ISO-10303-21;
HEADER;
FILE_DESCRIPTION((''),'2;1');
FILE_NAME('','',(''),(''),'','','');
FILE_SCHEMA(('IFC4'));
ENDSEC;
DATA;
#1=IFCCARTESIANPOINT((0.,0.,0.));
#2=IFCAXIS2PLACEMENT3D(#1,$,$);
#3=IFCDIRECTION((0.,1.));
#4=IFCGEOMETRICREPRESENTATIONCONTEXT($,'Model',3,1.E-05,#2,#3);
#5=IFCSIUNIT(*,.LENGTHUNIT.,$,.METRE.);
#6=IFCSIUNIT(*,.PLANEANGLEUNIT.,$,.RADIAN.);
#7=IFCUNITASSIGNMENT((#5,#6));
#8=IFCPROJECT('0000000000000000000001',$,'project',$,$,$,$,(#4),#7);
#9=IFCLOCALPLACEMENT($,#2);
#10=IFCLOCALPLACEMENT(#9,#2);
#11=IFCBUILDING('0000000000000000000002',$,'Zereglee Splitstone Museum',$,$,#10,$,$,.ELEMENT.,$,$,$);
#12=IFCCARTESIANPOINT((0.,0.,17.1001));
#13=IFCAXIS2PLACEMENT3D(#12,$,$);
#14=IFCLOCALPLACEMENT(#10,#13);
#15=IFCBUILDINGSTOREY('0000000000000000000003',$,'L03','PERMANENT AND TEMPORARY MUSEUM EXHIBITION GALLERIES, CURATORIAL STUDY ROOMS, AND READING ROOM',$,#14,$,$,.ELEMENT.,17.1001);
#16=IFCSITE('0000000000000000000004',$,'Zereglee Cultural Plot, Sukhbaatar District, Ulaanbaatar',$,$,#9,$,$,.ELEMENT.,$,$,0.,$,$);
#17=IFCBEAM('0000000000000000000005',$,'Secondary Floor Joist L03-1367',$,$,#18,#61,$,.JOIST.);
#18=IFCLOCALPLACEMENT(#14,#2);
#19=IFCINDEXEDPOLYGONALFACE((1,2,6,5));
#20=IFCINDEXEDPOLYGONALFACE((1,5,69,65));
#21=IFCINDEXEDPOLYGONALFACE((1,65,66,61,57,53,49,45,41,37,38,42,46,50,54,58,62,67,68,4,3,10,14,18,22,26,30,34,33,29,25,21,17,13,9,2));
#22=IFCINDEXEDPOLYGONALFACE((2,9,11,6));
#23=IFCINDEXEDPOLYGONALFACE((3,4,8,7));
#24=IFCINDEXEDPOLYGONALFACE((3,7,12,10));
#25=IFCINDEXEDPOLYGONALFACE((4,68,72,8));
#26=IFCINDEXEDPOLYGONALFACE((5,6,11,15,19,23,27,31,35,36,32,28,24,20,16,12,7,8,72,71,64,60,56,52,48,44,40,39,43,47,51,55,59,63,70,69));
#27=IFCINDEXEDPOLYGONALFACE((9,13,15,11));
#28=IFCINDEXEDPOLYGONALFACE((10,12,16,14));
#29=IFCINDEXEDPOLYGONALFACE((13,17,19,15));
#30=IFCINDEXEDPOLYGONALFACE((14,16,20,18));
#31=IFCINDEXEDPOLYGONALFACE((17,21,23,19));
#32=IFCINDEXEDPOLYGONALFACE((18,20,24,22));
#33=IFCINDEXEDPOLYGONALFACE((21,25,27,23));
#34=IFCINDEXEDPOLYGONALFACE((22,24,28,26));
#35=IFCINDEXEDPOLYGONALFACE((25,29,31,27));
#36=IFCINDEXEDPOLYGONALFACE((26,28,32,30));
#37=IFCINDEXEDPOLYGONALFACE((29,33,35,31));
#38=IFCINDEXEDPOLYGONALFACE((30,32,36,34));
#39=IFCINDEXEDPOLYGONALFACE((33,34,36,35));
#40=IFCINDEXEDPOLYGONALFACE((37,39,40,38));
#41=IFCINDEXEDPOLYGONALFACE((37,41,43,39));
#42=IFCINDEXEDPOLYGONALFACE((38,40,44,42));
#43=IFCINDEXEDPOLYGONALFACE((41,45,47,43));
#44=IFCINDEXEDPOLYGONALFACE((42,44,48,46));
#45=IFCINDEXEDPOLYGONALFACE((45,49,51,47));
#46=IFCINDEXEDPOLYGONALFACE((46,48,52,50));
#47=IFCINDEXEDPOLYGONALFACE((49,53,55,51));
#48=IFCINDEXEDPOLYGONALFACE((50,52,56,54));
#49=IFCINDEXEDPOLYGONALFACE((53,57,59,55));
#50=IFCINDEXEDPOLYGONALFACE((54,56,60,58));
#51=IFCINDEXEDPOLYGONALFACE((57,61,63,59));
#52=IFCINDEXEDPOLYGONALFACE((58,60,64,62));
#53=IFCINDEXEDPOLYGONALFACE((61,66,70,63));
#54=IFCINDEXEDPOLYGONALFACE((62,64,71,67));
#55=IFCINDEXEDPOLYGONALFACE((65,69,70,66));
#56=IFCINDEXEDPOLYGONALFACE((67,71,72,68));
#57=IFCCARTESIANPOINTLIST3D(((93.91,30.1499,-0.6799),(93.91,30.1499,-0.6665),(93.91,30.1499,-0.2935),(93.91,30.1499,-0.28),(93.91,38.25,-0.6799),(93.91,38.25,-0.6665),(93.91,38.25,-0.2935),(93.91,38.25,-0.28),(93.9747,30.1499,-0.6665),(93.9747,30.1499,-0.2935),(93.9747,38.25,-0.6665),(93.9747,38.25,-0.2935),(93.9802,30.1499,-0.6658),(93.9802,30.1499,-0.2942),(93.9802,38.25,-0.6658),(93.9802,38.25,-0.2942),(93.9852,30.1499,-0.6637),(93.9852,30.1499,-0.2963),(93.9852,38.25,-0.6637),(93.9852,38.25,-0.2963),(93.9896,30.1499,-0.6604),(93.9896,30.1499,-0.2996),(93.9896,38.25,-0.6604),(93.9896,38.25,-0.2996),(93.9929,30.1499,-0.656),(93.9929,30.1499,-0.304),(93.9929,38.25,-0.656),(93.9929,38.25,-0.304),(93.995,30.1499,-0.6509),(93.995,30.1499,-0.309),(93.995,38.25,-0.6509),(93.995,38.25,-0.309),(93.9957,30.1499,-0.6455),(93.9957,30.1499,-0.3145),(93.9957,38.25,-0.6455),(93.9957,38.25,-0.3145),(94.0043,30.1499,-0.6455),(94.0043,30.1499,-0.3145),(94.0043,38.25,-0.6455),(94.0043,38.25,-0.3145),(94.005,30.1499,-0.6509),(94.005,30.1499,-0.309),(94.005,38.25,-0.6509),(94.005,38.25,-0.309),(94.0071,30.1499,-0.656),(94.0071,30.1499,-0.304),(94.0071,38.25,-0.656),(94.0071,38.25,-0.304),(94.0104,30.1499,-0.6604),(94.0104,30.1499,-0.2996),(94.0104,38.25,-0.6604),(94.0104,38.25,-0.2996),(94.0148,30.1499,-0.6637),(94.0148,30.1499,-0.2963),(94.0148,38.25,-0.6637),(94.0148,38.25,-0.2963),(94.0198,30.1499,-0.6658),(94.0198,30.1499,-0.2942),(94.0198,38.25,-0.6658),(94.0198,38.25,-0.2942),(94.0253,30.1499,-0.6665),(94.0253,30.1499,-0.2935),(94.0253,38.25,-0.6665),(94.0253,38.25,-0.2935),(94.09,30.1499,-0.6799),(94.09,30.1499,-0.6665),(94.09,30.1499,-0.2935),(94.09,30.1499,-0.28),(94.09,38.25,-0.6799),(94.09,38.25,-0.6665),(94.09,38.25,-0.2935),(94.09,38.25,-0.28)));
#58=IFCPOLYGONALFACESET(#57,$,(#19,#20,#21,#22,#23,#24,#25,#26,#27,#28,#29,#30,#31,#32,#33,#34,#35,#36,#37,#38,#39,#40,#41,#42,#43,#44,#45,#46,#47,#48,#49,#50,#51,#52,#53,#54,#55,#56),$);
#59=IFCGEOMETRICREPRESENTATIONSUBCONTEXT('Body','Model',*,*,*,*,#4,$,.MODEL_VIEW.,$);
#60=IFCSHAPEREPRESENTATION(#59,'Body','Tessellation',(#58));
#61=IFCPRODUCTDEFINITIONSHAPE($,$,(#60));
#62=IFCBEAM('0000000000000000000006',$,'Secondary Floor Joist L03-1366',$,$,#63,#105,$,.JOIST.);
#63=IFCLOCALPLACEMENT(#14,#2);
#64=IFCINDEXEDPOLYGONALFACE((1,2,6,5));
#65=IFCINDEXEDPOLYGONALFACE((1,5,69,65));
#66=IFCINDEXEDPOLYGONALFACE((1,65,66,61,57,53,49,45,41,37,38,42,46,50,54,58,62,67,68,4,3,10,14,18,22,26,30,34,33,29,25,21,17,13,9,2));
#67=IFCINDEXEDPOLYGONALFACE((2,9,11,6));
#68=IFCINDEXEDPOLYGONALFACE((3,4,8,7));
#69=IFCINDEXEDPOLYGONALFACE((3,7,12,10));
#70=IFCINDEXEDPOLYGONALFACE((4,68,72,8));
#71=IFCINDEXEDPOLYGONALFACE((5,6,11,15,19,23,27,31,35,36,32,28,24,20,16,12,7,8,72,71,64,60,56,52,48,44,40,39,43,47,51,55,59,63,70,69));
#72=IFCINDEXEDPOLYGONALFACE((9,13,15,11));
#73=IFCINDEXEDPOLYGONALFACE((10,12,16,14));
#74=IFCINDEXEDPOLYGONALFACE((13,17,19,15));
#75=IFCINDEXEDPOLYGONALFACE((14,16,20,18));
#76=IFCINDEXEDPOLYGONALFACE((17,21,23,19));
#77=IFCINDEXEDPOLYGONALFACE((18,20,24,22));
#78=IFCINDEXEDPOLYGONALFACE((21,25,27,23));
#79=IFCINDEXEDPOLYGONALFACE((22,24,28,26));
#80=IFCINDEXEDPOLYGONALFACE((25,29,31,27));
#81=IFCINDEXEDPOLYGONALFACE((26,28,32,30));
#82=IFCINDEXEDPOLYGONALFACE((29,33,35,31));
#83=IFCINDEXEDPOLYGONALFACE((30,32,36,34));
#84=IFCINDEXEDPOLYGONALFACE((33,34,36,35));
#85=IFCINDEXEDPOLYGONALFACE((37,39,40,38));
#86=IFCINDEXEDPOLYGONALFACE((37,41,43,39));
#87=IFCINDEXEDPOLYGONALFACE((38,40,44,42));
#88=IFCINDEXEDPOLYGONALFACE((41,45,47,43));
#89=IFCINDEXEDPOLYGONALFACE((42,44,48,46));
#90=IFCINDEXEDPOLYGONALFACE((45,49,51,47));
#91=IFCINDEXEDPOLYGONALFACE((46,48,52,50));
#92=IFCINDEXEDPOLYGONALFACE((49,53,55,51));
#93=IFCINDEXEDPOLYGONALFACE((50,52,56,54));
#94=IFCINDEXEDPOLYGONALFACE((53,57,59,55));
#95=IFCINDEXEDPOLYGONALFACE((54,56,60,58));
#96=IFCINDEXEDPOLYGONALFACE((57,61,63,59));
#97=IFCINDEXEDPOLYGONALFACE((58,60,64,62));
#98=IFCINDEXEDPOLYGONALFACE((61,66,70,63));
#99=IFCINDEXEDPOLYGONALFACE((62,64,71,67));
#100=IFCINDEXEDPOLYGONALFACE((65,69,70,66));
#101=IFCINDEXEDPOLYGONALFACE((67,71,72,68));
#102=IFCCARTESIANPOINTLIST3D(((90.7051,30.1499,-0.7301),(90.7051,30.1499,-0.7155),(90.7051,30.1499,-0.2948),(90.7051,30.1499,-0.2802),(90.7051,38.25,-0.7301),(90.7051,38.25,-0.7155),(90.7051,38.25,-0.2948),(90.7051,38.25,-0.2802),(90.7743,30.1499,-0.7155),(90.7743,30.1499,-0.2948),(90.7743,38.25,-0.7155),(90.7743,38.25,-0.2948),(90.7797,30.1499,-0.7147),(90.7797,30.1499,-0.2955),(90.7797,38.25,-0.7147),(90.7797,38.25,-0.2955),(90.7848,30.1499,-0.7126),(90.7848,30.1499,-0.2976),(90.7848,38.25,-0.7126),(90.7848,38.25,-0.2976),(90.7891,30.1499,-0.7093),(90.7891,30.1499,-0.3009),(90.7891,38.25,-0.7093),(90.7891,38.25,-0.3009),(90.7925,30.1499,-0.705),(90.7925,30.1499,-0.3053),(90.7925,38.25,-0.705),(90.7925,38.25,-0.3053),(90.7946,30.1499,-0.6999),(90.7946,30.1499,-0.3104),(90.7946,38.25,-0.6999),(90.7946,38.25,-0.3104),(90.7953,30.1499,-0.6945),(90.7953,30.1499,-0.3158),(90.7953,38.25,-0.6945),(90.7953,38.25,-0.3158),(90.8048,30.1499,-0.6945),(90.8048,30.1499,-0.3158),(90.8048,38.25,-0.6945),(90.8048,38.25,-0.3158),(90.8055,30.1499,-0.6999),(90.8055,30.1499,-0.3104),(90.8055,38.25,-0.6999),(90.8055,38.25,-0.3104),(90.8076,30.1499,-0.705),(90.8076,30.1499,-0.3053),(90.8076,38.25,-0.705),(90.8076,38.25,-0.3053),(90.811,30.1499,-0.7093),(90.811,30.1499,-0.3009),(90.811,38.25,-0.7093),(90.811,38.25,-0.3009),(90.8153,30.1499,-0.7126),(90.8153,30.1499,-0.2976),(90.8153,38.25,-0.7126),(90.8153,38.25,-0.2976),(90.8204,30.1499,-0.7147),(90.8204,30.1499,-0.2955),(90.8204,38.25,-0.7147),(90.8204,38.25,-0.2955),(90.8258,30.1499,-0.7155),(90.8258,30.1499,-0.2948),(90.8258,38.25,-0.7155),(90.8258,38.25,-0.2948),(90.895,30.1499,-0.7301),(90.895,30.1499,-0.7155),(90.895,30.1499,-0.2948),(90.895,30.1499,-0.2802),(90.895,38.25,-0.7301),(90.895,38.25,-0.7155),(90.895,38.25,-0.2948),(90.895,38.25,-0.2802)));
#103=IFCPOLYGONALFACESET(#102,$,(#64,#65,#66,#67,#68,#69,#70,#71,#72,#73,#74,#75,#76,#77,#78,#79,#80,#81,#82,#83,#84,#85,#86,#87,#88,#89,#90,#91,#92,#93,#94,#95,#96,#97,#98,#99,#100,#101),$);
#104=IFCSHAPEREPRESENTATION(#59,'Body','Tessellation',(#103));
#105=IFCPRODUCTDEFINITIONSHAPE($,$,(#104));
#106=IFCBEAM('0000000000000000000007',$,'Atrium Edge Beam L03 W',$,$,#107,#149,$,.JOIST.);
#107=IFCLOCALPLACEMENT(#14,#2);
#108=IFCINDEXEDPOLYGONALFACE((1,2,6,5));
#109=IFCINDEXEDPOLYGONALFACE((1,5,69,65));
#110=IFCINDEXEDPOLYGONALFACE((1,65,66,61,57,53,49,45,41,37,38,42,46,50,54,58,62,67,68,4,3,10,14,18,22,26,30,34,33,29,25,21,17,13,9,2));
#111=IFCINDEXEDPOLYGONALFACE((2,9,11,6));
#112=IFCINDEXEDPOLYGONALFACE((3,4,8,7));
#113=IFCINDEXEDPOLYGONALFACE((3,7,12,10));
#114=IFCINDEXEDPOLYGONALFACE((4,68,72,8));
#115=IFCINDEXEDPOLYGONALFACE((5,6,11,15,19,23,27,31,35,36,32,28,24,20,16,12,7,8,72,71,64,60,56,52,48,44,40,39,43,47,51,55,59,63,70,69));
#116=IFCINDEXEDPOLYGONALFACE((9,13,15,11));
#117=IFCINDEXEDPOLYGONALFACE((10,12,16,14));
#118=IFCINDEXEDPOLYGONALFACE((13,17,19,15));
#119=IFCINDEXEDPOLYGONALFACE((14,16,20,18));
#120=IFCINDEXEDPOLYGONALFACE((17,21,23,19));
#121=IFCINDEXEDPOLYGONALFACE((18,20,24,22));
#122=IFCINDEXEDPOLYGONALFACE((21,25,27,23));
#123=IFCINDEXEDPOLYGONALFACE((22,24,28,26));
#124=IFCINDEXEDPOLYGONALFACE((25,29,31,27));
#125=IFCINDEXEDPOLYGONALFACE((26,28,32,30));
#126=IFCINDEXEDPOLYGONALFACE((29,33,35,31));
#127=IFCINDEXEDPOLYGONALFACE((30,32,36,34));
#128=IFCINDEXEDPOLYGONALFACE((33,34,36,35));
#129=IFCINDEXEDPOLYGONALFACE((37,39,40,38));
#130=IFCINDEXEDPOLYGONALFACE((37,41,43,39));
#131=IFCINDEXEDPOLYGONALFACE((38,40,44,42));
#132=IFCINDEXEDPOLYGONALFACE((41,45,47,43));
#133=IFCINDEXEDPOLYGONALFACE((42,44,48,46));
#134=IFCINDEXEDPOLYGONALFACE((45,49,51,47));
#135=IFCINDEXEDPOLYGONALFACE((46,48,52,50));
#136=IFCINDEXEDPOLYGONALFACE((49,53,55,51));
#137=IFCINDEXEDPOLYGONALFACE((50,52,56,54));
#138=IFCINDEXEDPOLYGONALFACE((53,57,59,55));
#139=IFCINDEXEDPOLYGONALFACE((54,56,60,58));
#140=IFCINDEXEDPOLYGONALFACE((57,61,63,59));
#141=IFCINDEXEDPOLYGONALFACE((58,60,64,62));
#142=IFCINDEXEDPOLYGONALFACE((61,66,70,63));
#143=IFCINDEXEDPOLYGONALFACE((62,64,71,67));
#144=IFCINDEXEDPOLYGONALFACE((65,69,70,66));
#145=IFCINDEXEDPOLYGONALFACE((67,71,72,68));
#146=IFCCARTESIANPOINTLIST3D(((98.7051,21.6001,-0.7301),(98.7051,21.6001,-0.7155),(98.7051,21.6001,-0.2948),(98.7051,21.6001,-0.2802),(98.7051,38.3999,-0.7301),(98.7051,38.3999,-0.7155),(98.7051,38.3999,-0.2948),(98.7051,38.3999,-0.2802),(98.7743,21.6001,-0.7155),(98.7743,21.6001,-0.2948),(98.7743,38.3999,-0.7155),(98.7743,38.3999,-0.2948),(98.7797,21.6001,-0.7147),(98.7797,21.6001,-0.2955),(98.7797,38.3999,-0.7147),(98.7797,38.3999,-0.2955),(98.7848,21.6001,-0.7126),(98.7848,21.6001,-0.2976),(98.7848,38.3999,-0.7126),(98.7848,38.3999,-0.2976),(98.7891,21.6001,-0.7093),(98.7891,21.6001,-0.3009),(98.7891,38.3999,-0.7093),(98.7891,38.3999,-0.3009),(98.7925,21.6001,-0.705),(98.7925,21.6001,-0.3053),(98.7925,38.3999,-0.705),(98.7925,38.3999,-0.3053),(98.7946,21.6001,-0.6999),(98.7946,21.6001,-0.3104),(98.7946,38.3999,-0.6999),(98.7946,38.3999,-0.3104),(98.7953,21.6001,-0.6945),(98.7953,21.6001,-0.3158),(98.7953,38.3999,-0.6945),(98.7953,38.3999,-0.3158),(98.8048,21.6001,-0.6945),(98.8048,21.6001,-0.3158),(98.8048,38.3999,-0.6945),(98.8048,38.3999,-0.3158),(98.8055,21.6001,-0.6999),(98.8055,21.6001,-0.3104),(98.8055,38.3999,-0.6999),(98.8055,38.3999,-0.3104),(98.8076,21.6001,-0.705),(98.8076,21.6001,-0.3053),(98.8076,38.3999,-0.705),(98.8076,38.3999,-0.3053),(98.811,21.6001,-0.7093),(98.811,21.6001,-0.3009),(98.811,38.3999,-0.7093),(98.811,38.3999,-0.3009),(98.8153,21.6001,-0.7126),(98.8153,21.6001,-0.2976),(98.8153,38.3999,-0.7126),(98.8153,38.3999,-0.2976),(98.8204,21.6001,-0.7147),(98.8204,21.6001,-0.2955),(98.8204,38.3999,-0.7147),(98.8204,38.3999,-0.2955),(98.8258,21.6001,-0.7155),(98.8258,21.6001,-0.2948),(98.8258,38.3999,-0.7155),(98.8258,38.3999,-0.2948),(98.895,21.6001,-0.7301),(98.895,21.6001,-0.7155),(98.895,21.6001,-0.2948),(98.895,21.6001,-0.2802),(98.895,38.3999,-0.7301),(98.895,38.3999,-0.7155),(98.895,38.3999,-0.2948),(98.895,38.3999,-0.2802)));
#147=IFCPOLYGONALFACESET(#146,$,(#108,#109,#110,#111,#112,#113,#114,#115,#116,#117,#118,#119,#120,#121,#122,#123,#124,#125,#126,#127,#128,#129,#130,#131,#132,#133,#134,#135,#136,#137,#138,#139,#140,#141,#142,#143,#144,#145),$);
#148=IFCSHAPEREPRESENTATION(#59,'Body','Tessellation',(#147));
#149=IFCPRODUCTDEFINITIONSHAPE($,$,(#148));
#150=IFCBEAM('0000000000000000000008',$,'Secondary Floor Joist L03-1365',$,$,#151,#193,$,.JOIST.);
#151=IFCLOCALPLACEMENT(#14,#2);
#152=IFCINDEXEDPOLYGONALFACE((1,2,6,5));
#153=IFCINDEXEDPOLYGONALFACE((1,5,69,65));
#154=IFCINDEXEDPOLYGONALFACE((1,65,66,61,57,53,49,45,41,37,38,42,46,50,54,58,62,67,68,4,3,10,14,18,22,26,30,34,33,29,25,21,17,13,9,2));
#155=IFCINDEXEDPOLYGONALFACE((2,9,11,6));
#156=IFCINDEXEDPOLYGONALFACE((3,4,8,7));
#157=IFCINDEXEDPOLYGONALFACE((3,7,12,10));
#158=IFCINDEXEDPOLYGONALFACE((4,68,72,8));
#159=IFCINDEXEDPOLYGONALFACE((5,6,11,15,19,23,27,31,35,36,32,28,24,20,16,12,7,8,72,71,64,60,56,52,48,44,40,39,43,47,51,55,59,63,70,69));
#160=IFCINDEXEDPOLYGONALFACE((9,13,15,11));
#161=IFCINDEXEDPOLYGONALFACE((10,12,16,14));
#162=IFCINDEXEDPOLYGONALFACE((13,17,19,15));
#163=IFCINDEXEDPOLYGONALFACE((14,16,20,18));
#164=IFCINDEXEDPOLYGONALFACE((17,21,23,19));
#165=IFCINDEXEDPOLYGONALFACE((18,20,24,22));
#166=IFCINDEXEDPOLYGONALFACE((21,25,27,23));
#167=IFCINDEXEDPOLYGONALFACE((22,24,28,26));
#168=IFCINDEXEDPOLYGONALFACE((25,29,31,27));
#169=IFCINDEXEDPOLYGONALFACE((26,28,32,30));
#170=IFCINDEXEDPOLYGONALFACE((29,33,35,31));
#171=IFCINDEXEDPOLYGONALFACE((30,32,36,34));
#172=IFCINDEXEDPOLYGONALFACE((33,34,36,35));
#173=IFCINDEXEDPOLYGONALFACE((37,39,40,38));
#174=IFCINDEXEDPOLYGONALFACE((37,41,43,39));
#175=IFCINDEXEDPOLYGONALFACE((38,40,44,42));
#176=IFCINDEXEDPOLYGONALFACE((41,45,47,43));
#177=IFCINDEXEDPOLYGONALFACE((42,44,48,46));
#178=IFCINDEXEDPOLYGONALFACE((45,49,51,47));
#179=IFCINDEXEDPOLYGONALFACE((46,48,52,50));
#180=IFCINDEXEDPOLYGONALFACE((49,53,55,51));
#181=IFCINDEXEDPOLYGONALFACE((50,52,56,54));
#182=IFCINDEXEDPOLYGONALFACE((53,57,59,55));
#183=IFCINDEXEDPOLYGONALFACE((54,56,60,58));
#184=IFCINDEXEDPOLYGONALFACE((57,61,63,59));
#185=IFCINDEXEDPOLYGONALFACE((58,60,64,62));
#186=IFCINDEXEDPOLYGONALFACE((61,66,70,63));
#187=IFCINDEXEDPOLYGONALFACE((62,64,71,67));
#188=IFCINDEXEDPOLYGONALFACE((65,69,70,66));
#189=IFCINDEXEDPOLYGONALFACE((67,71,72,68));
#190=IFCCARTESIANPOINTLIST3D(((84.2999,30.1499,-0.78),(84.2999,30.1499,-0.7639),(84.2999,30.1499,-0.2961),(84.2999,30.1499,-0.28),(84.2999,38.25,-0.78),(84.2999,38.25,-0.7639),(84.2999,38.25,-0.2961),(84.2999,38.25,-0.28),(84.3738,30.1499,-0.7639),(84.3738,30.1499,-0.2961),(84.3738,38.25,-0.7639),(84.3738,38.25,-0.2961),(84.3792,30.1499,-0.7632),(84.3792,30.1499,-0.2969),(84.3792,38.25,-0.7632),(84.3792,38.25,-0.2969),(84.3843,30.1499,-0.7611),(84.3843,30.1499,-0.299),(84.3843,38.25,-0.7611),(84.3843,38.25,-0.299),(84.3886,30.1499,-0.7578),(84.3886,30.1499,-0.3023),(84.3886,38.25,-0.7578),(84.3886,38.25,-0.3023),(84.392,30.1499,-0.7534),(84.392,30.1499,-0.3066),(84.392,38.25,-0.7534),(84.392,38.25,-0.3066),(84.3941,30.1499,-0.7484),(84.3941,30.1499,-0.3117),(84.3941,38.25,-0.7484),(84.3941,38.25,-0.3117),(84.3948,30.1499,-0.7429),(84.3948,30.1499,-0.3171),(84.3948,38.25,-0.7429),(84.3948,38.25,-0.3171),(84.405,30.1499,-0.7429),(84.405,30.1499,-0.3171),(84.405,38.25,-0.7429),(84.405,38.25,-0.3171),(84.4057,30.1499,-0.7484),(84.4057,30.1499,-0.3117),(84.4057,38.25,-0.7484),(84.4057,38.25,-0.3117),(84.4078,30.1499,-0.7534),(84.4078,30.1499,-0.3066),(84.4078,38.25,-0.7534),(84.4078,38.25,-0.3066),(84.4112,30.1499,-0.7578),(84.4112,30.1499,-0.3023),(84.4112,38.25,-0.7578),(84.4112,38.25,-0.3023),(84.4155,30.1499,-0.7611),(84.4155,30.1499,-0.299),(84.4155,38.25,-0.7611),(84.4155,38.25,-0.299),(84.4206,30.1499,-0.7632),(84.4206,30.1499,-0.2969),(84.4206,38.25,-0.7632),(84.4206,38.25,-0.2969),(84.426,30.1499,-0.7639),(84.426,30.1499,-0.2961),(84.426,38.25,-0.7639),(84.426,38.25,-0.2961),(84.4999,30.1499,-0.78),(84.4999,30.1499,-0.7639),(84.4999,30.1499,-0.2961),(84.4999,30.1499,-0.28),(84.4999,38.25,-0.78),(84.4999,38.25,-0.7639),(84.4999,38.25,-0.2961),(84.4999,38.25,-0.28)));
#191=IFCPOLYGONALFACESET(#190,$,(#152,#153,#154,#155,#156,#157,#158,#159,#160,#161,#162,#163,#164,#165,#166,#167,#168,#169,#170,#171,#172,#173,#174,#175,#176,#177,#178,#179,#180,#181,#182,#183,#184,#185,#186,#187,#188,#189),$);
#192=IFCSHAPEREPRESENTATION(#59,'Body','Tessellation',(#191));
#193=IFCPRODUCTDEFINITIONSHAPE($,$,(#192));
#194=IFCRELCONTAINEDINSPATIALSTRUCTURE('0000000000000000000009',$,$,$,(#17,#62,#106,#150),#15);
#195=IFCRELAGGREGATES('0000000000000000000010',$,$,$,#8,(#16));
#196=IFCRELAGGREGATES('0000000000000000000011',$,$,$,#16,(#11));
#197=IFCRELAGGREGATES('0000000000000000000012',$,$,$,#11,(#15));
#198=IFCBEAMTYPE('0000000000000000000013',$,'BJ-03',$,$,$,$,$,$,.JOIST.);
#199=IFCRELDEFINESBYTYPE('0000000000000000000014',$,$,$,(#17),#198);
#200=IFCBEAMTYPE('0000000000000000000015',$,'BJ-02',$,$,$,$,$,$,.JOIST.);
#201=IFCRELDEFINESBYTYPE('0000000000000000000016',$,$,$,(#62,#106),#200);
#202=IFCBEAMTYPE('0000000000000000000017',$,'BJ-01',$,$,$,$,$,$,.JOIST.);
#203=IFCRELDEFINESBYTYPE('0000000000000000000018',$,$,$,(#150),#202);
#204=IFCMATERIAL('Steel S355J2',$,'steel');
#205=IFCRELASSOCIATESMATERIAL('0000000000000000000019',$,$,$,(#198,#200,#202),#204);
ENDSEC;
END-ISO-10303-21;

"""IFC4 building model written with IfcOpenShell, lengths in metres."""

from ifc_helpers import new_model, si_unit, direction, frame, origin, origin_2d, place, context, subcontext, project, spatial, i_section, extrude, material, material_profile, profile_set, type_object, element, save


model = new_model("IFC4")

# Units and contexts
model_context = context("Model", 3, precision=1e-05, world=origin(), true_north=direction((0.0, 1.0)))
body_context = subcontext(model_context, "Body", "Model", "MODEL_VIEW")
ifc_project = project(units=[si_unit("LENGTHUNIT", "METRE"), si_unit("PLANEANGLEUNIT", "RADIAN")], contexts=[model_context])

# Site, building, storey
site_placement = place(None, origin())
site = spatial("IfcSite", under=ifc_project, at=site_placement, Name="Zereglee Cultural Plot, Sukhbaatar District, Ulaanbaatar", CompositionType="ELEMENT", RefElevation=0.0)
building_placement = place(site_placement, origin())
building = spatial("IfcBuilding", under=site, at=building_placement, Name="Zereglee Splitstone Museum", CompositionType="ELEMENT")
storey_placement = place(building_placement, frame((0.0, 0.0, 17.1001)))
storey = spatial("IfcBuildingStorey", under=building, at=storey_placement, Name="L03", Description="PERMANENT AND TEMPORARY MUSEUM EXHIBITION GALLERIES, CURATORIAL STUDY ROOMS, AND READING ROOM", CompositionType="ELEMENT", Elevation=17.1001)

# Shared definitions
ifc_material_1 = material(Name="Steel S355J2", Category="steel")

# Beams
ifc_material_profile_1 = material_profile(ifc_material_1, i_section(OverallWidth=0.1799, OverallDepth=0.3999, WebThickness=0.0085, FlangeThickness=0.0134, FilletRadius=0.021, at=origin_2d()), Name="IPE 400")
ifc_profile_set_1 = profile_set([ifc_material_profile_1], Name="Steel S355J2")
beam_type_1 = type_object("IfcBeamType", Name="BJ-03", PredefinedType="JOIST", material=ifc_profile_set_1)
for number, where, z_axis, x_axis, name in (
    (1, (94.0, 30.1499, -0.48), (0.0, 1.0, 0.0), (-1.0, 0.0, 0.0), "Secondary Floor Joist L03-1367"),
):
    element("IfcBeam", number, at=place(storey_placement, frame(where, z_axis=z_axis, x_axis=x_axis)), inside=storey, type_object=beam_type_1, Name=name, PredefinedType="JOIST", context=body_context, shape_type="SweptSolid", body=[
        extrude(i_section(OverallWidth=0.1799, OverallDepth=0.3999, WebThickness=0.0085, FlangeThickness=0.0134, FilletRadius=0.021, at=origin_2d()), origin(), (0.0, 0.0, 1.0), 8.1001),
    ])
ifc_material_profile_2 = material_profile(ifc_material_1, i_section(OverallWidth=0.1899, OverallDepth=0.45, WebThickness=0.0095, FlangeThickness=0.0146, FilletRadius=0.021, at=origin_2d()), Name="IPE 450")
ifc_profile_set_2 = profile_set([ifc_material_profile_2], Name="Steel S355J2")
beam_type_2 = type_object("IfcBeamType", Name="BJ-02", PredefinedType="JOIST", material=ifc_profile_set_2)
beam_1_placement = place(storey_placement, frame((90.8, 30.1499, -0.5051), z_axis=(0.0, 1.0, 0.0), x_axis=(-1.0, 0.0, 0.0)))
element("IfcBeam", 2, at=beam_1_placement, inside=storey, type_object=beam_type_2, Name="Secondary Floor Joist L03-1366", PredefinedType="JOIST", context=body_context, shape_type="SweptSolid", body=[
    extrude(i_section(OverallWidth=0.1899, OverallDepth=0.45, WebThickness=0.0095, FlangeThickness=0.0146, FilletRadius=0.021, at=origin_2d()), origin(), (0.0, 0.0, 1.0), 8.1001),
])
beam_2_placement = place(storey_placement, frame((98.8, 21.6001, -0.5051), z_axis=(0.0, 1.0, 0.0), x_axis=(-1.0, 0.0, 0.0)))
element("IfcBeam", 3, at=beam_2_placement, inside=storey, type_object=beam_type_2, Name="Atrium Edge Beam L03 W", PredefinedType="JOIST", context=body_context, shape_type="SweptSolid", body=[
    extrude(i_section(OverallWidth=0.1899, OverallDepth=0.45, WebThickness=0.0095, FlangeThickness=0.0146, FilletRadius=0.021, at=origin_2d()), origin(), (0.0, 0.0, 1.0), 16.7998),
])
ifc_material_profile_3 = material_profile(ifc_material_1, i_section(OverallWidth=0.2, OverallDepth=0.5, WebThickness=0.0103, FlangeThickness=0.0161, FilletRadius=0.021, at=origin_2d()), Name="IPE 500")
ifc_profile_set_3 = profile_set([ifc_material_profile_3], Name="Steel S355J2")
beam_type_3 = type_object("IfcBeamType", Name="BJ-01", PredefinedType="JOIST", material=ifc_profile_set_3)
beam_3_placement = place(storey_placement, frame((84.3999, 30.1499, -0.53), z_axis=(0.0, 1.0, 0.0), x_axis=(-1.0, 0.0, 0.0)))
element("IfcBeam", 4, at=beam_3_placement, inside=storey, type_object=beam_type_3, Name="Secondary Floor Joist L03-1365", PredefinedType="JOIST", context=body_context, shape_type="SweptSolid", body=[
    extrude(i_section(OverallWidth=0.2, OverallDepth=0.5, WebThickness=0.0103, FlangeThickness=0.0161, FilletRadius=0.021, at=origin_2d()), origin(), (0.0, 0.0, 1.0), 8.1001),
])

save(model, "model.ifc")
